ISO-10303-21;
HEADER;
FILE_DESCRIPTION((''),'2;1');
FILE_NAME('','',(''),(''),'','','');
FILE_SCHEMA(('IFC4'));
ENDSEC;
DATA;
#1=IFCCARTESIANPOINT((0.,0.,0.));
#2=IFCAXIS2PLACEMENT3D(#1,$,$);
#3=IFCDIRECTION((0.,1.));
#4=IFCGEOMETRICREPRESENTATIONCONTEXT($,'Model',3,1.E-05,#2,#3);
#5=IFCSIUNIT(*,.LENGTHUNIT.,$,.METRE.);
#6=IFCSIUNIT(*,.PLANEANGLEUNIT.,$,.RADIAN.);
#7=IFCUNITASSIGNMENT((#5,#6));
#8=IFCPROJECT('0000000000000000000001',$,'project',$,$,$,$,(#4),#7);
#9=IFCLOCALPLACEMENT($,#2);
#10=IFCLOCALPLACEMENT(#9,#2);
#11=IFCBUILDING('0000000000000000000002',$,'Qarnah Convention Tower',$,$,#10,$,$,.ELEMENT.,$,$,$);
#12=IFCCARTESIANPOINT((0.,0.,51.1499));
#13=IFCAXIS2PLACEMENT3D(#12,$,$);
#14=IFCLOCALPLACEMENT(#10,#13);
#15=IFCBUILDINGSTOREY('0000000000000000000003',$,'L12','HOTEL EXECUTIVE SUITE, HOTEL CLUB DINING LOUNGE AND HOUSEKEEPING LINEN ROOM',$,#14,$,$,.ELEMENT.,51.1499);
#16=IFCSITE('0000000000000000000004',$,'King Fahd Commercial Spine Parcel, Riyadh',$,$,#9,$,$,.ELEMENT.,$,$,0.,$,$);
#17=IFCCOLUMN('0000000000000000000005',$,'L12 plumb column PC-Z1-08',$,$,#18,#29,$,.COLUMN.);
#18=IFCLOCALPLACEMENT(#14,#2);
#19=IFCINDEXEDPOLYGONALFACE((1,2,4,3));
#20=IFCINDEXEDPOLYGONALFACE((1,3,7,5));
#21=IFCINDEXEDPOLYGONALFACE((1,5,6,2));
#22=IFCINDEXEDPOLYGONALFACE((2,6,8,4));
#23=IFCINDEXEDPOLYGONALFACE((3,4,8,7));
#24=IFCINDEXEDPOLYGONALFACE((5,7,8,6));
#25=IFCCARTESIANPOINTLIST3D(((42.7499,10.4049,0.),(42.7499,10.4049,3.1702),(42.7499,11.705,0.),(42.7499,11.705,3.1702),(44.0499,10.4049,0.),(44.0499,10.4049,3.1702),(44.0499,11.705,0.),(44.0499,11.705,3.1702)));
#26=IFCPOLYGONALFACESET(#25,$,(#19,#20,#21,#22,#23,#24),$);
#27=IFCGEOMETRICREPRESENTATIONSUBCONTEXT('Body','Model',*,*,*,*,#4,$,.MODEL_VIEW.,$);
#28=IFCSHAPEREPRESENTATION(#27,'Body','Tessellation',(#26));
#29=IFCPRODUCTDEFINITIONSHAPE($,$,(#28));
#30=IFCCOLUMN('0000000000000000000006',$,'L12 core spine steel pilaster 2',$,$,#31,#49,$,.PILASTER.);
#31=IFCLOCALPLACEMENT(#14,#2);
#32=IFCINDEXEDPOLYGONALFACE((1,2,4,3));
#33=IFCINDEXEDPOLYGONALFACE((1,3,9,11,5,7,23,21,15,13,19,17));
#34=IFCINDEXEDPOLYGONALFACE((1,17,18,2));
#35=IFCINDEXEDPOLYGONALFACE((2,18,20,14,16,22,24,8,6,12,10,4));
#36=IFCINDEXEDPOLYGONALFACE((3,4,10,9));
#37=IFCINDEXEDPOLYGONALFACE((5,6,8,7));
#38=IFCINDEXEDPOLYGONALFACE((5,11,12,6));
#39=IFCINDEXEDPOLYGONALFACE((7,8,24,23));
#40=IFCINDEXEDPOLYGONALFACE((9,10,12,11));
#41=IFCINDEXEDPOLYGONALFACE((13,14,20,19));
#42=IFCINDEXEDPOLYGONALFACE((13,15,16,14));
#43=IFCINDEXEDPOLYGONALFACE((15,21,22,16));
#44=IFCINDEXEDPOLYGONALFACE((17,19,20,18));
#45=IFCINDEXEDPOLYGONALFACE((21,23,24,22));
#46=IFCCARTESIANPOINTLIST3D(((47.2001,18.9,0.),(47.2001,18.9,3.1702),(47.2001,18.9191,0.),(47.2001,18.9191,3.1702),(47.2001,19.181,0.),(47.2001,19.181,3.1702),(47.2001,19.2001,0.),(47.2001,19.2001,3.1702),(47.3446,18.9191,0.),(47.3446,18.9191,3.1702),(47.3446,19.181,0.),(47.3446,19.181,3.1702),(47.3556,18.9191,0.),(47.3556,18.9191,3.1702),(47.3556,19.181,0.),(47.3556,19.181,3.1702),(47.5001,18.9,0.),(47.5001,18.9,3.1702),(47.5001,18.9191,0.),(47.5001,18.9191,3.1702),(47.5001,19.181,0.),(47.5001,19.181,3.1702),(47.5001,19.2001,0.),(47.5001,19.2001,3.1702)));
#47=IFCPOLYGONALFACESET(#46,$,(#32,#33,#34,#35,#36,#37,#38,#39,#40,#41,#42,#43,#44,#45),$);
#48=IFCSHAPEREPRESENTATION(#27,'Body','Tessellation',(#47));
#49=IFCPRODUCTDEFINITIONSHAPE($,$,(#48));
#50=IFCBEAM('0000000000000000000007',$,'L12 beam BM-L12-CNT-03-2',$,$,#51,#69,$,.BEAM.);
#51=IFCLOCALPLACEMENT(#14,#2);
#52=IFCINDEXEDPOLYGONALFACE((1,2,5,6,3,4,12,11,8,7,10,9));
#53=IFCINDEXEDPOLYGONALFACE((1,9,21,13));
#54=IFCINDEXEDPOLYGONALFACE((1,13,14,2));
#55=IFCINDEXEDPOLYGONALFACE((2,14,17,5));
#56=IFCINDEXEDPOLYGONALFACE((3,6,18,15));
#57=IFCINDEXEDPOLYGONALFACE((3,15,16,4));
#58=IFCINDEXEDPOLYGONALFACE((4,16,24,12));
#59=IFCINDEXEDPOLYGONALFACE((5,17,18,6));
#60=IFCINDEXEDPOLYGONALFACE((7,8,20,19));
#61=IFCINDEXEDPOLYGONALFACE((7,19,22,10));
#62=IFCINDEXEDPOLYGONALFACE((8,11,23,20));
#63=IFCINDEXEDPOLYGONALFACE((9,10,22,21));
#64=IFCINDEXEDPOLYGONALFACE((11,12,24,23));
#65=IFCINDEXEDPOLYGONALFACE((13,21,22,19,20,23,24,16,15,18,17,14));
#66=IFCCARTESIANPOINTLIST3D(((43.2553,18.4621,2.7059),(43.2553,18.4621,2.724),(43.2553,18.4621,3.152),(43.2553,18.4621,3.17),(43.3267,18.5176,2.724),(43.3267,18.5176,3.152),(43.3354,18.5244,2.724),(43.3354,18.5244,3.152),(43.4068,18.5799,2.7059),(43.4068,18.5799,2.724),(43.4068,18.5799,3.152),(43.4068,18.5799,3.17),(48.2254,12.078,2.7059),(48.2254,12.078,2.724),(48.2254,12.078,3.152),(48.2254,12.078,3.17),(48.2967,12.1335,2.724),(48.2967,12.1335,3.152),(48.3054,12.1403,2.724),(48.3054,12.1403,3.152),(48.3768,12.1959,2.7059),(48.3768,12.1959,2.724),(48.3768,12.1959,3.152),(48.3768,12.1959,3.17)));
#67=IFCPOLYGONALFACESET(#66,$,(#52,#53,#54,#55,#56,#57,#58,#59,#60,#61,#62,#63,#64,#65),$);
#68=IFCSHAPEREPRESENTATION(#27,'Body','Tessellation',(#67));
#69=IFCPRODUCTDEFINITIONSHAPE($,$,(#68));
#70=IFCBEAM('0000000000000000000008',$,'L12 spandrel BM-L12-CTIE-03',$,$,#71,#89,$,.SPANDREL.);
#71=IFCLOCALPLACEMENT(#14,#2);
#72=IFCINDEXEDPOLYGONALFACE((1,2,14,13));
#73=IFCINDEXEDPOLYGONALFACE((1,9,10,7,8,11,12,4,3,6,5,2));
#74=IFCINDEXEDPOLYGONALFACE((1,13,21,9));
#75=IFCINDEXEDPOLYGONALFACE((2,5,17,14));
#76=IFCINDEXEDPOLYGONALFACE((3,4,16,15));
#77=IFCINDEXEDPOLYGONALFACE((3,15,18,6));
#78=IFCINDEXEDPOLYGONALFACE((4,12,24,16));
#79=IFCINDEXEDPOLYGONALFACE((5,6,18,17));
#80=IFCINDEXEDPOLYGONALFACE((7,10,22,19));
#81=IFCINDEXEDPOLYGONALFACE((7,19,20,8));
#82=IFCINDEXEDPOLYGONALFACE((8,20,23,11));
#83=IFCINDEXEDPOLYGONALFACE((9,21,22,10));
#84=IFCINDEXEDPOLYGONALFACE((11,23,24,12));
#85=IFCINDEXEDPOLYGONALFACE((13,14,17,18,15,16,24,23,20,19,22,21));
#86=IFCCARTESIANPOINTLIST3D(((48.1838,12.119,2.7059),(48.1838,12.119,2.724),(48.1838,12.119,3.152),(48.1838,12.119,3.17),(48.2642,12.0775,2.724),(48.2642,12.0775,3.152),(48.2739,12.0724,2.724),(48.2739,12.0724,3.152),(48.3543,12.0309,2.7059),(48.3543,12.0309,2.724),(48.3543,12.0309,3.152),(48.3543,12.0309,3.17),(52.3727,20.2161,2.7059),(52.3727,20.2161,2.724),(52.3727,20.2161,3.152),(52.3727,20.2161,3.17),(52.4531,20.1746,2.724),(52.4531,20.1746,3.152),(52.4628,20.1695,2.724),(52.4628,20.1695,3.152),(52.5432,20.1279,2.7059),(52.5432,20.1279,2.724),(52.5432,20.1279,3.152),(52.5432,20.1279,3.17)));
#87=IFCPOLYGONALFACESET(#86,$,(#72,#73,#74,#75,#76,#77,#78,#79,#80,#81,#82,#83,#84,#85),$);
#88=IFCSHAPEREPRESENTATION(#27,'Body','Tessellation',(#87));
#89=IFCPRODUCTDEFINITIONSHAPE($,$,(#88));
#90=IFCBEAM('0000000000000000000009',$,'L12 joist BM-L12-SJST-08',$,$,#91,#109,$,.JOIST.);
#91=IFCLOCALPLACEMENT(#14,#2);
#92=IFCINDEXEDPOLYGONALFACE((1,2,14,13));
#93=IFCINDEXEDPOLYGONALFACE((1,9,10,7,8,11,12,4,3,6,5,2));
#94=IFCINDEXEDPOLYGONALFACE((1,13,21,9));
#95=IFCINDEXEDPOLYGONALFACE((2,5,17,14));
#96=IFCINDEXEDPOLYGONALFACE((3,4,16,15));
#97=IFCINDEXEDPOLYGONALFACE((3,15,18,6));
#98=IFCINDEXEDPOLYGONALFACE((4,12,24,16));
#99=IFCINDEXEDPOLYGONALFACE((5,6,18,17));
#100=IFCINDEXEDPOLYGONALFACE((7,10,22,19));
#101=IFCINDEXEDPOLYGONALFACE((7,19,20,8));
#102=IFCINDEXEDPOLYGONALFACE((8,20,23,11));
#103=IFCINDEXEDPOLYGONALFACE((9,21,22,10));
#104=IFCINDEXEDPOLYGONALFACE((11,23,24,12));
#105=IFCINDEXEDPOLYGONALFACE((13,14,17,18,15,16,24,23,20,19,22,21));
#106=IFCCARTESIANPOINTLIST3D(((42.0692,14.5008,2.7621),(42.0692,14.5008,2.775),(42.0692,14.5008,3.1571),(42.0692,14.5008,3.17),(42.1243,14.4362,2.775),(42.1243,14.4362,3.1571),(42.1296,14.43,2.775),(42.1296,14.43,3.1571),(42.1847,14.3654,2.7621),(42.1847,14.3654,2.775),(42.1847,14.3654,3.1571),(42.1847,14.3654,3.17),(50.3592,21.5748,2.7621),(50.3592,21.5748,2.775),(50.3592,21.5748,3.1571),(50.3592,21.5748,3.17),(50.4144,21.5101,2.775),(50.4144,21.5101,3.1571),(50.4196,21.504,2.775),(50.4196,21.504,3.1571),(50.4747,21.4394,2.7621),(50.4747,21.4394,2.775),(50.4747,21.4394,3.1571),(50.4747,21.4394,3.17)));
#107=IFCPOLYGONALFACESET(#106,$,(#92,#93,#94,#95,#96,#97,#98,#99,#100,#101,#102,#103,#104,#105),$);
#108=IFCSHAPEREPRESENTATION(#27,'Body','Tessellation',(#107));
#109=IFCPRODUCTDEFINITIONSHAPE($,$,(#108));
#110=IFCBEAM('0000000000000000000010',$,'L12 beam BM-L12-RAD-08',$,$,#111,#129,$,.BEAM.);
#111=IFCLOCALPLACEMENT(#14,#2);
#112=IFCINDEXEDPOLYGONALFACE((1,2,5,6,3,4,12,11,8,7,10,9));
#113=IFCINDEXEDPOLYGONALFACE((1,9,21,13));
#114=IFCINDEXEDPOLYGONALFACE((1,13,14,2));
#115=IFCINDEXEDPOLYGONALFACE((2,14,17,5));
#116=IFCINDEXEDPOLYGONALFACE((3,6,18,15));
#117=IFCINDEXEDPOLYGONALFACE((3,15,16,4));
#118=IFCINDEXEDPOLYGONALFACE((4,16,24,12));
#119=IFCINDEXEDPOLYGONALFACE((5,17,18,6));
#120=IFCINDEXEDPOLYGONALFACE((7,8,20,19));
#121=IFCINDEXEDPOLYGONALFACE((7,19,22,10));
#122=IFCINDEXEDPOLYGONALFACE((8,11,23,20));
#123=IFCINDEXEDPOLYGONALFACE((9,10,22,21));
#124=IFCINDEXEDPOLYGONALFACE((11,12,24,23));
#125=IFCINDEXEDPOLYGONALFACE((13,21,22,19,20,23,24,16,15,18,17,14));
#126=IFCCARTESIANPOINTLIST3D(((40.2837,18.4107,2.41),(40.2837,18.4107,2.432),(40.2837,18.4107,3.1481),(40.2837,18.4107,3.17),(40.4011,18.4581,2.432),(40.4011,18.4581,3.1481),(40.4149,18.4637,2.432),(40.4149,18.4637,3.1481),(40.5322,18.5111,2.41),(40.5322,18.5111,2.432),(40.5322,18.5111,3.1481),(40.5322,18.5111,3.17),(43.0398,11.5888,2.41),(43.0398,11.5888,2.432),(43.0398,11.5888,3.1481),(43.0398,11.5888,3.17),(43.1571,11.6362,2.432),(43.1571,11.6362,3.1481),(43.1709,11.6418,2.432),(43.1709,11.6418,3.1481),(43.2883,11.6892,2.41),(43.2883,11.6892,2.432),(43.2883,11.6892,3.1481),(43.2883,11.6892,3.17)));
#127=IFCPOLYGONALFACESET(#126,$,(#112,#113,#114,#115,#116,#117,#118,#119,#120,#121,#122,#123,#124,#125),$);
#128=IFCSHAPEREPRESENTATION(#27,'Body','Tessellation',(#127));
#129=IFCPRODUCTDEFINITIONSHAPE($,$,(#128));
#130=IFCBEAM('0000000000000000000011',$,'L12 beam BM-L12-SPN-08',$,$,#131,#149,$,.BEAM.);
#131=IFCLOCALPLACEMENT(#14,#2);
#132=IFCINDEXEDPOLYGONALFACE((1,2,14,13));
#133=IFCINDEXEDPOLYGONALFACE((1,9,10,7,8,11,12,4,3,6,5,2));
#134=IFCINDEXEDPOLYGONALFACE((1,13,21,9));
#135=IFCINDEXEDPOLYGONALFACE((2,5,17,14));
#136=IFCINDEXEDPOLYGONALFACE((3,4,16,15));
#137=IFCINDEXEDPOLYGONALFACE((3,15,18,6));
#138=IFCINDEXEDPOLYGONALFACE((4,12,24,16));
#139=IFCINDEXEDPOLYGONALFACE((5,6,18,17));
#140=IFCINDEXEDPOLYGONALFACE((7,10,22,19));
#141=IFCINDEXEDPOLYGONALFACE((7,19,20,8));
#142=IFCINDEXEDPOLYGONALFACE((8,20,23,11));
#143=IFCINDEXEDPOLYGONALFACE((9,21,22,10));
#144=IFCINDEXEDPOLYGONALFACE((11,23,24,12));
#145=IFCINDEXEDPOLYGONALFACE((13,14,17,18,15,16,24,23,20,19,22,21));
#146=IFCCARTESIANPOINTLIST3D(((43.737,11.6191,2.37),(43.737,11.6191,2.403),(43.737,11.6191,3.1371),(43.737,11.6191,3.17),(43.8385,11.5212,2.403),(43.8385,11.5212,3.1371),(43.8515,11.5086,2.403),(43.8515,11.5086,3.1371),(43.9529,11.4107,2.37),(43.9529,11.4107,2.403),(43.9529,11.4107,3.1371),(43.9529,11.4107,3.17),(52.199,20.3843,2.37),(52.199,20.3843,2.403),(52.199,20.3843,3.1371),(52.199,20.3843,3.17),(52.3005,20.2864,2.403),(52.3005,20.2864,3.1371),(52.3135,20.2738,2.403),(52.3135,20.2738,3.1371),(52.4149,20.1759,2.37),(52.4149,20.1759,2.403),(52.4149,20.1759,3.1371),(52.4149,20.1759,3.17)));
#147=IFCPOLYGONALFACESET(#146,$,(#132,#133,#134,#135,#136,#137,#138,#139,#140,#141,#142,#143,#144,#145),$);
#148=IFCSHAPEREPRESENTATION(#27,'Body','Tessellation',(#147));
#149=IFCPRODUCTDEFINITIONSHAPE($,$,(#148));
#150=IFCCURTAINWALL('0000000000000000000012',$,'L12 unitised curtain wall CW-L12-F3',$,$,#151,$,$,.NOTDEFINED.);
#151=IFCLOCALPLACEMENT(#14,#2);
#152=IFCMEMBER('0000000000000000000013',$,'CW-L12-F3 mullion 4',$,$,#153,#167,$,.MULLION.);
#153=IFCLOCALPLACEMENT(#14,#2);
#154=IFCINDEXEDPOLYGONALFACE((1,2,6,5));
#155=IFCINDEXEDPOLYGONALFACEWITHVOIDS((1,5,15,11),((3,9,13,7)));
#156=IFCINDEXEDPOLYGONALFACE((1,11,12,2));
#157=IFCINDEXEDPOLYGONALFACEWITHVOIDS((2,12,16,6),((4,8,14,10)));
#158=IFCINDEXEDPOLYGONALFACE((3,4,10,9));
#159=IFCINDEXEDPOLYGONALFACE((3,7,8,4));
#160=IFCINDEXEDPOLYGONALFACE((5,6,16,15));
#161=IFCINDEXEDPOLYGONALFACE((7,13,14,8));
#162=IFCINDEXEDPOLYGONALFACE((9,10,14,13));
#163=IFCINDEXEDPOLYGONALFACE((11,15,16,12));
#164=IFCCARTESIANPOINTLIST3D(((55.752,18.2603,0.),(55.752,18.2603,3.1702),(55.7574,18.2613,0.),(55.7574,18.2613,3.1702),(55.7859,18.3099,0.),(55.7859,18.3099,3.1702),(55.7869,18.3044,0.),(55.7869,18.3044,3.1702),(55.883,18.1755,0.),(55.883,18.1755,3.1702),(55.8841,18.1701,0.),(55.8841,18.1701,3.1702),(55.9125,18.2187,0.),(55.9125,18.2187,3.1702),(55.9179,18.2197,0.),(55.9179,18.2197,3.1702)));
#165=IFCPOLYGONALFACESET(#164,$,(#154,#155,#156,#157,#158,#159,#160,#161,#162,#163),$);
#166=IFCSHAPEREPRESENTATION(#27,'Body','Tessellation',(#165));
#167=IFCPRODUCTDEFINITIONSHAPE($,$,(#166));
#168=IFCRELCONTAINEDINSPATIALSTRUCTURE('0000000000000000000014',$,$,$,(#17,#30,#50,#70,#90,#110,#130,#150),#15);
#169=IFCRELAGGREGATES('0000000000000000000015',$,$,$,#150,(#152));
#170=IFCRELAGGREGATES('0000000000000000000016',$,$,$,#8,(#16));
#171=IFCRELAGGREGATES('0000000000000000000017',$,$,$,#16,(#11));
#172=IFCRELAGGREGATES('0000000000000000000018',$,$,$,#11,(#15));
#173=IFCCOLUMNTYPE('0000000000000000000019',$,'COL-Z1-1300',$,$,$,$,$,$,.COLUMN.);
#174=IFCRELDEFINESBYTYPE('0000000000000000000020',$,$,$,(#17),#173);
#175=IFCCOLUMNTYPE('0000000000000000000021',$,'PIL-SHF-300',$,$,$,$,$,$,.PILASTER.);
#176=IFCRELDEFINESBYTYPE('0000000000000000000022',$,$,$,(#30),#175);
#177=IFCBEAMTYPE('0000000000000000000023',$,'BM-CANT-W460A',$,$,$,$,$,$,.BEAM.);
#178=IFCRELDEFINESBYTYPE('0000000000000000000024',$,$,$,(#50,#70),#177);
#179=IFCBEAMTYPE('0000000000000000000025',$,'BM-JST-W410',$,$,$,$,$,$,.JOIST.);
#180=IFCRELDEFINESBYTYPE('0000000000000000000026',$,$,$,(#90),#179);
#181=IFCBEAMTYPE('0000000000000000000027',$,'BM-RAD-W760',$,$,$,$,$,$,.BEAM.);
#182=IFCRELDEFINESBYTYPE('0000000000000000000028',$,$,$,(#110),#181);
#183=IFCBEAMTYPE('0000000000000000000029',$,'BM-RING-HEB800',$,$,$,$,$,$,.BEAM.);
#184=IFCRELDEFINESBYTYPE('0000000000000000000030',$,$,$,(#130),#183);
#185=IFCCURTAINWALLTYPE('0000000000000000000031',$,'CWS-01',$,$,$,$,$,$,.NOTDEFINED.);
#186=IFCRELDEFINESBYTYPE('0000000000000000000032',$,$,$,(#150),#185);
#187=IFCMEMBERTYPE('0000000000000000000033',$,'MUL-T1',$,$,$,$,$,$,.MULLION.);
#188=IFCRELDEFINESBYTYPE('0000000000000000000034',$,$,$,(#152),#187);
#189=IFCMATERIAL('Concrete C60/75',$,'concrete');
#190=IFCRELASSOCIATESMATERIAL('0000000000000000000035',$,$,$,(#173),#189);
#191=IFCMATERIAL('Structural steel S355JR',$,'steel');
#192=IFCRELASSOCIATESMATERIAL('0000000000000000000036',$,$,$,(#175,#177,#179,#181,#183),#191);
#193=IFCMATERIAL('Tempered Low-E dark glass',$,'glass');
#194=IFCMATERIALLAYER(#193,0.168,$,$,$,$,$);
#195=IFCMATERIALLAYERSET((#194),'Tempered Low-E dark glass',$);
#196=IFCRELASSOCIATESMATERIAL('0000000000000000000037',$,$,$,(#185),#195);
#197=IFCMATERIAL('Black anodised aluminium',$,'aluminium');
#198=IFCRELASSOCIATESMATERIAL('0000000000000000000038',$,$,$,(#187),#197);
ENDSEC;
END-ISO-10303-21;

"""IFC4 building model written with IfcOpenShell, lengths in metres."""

from ifc_helpers import new_model, si_unit, direction, frame, origin, origin_2d, place, context, subcontext, project, spatial, rectangle, hollow_rectangle, i_section, extrude, material, layer, layer_set, material_profile, profile_set, type_object, element, aggregate, save


model = new_model("IFC4")

# Units and contexts
model_context = context("Model", 3, precision=1e-05, world=origin(), true_north=direction((0.0, 1.0)))
body_context = subcontext(model_context, "Body", "Model", "MODEL_VIEW")
ifc_project = project(units=[si_unit("LENGTHUNIT", "METRE"), si_unit("PLANEANGLEUNIT", "RADIAN")], contexts=[model_context])

# Site, building, storey
site_placement = place(None, origin())
site = spatial("IfcSite", under=ifc_project, at=site_placement, Name="King Fahd Commercial Spine Parcel, Riyadh", CompositionType="ELEMENT", RefElevation=0.0)
building_placement = place(site_placement, origin())
building = spatial("IfcBuilding", under=site, at=building_placement, Name="Qarnah Convention Tower", CompositionType="ELEMENT")
storey_placement = place(building_placement, frame((0.0, 0.0, 51.1499)))
storey = spatial("IfcBuildingStorey", under=building, at=storey_placement, Name="L12", Description="HOTEL EXECUTIVE SUITE, HOTEL CLUB DINING LOUNGE AND HOUSEKEEPING LINEN ROOM", CompositionType="ELEMENT", Elevation=51.1499)

# Columns
ifc_material_1 = material(Name="Concrete C60/75", Category="concrete")
ifc_material_profile_1 = material_profile(ifc_material_1, rectangle(XDim=1.3, YDim=1.3, at=origin_2d()), Name="RC-COL-1300X1300")
ifc_profile_set_1 = profile_set([ifc_material_profile_1], Name="Concrete C60/75")
column_type_1 = type_object("IfcColumnType", Name="COL-Z1-1300", PredefinedType="COLUMN", material=ifc_profile_set_1)
column_1_placement = place(storey_placement, frame((43.3999, 11.0549, 0.0), z_axis=(0.0, 0.0, 1.0), x_axis=(1.0, 0.0, 0.0)))
element("IfcColumn", 1, at=column_1_placement, inside=storey, type_object=column_type_1, Name="L12 plumb column PC-Z1-08", PredefinedType="COLUMN", context=body_context, shape_type="SweptSolid", body=[
    extrude(rectangle(XDim=1.3, YDim=1.3, at=origin_2d()), origin(), (0.0, 0.0, 1.0), 3.1702),
])
ifc_material_2 = material(Name="Structural steel S355JR", Category="steel")
ifc_material_profile_2 = material_profile(ifc_material_2, i_section(OverallWidth=0.3, OverallDepth=0.3, WebThickness=0.011, FlangeThickness=0.019, at=origin_2d()), Name="HEB300")
ifc_profile_set_2 = profile_set([ifc_material_profile_2], Name="Structural steel S355JR")
column_type_2 = type_object("IfcColumnType", Name="PIL-SHF-300", PredefinedType="PILASTER", material=ifc_profile_set_2)
column_2_placement = place(storey_placement, frame((47.3501, 19.05, 0.0), z_axis=(0.0, 0.0, 1.0), x_axis=(1.0, 0.0, 0.0)))
element("IfcColumn", 2, at=column_2_placement, inside=storey, type_object=column_type_2, Name="L12 core spine steel pilaster 2", PredefinedType="PILASTER", context=body_context, shape_type="SweptSolid", body=[
    extrude(i_section(OverallWidth=0.3, OverallDepth=0.3, WebThickness=0.011, FlangeThickness=0.019, at=origin_2d()), origin(), (0.0, 0.0, 1.0), 3.1702),
])

# Beams
ifc_material_profile_3 = material_profile(ifc_material_2, i_section(OverallWidth=0.1919, OverallDepth=0.4641, WebThickness=0.011, FlangeThickness=0.0181, at=origin_2d()), Name="W460X89")
ifc_profile_set_3 = profile_set([ifc_material_profile_3], Name="Structural steel S355JR")
beam_type_1 = type_object("IfcBeamType", Name="BM-CANT-W460A", PredefinedType="BEAM", material=ifc_profile_set_3)
beam_1_placement = place(storey_placement, frame((43.3311, 18.521, 2.938), z_axis=(0.614296, -0.789076, 0.0), x_axis=(0.789076, 0.614296, 0.0)))
element("IfcBeam", 3, at=beam_1_placement, inside=storey, type_object=beam_type_1, Name="L12 beam BM-L12-CNT-03-2", PredefinedType="BEAM", context=body_context, shape_type="SweptSolid", body=[
    extrude(i_section(OverallWidth=0.1919, OverallDepth=0.4641, WebThickness=0.011, FlangeThickness=0.0181, at=origin_2d()), origin(), (0.0, 0.0, 1.0), 8.0906),
])
beam_2_placement = place(storey_placement, frame((48.269, 12.075, 2.938), z_axis=(0.45949, 0.888183, 0.0), x_axis=(-0.888183, 0.45949, 0.0)))
element("IfcBeam", 4, at=beam_2_placement, inside=storey, type_object=beam_type_1, Name="L12 spandrel BM-L12-CTIE-03", PredefinedType="SPANDREL", context=body_context, shape_type="SweptSolid", body=[
    extrude(i_section(OverallWidth=0.1919, OverallDepth=0.4641, WebThickness=0.011, FlangeThickness=0.0181, at=origin_2d()), origin(), (0.0, 0.0, 1.0), 9.1165),
])
ifc_material_profile_4 = material_profile(ifc_material_2, i_section(OverallWidth=0.178, OverallDepth=0.408, WebThickness=0.0081, FlangeThickness=0.0129, at=origin_2d()), Name="W410X60")
ifc_profile_set_4 = profile_set([ifc_material_profile_4], Name="Structural steel S355JR")
beam_type_2 = type_object("IfcBeamType", Name="BM-JST-W410", PredefinedType="JOIST", material=ifc_profile_set_4)
beam_3_placement = place(storey_placement, frame((42.127, 14.4331, 2.9661), z_axis=(0.760695, 0.649109, 0.0), x_axis=(-0.649109, 0.760695, 0.0)))
element("IfcBeam", 5, at=beam_3_placement, inside=storey, type_object=beam_type_2, Name="L12 joist BM-L12-SJST-08", PredefinedType="JOIST", context=body_context, shape_type="SweptSolid", body=[
    extrude(i_section(OverallWidth=0.178, OverallDepth=0.408, WebThickness=0.0081, FlangeThickness=0.0129, at=origin_2d()), origin(), (0.0, 0.0, 1.0), 10.8979),
])
ifc_material_profile_5 = material_profile(ifc_material_2, i_section(OverallWidth=0.2681, OverallDepth=0.76, WebThickness=0.0149, FlangeThickness=0.022, at=origin_2d()), Name="W760X185")
ifc_profile_set_5 = profile_set([ifc_material_profile_5], Name="Structural steel S355JR")
beam_type_3 = type_object("IfcBeamType", Name="BM-RAD-W760", PredefinedType="BEAM", material=ifc_profile_set_5)
beam_4_placement = place(storey_placement, frame((40.408, 18.4609, 2.79), z_axis=(0.374586, -0.927192, 0.0), x_axis=(0.927192, 0.374586, 0.0)))
element("IfcBeam", 6, at=beam_4_placement, inside=storey, type_object=beam_type_3, Name="L12 beam BM-L12-RAD-08", PredefinedType="BEAM", context=body_context, shape_type="SweptSolid", body=[
    extrude(i_section(OverallWidth=0.2681, OverallDepth=0.76, WebThickness=0.0149, FlangeThickness=0.022, at=origin_2d()), origin(), (0.0, 0.0, 1.0), 7.3577),
])
ifc_material_profile_6 = material_profile(ifc_material_2, i_section(OverallWidth=0.3, OverallDepth=0.8, WebThickness=0.0181, FlangeThickness=0.033, at=origin_2d()), Name="HEB800")
ifc_profile_set_6 = profile_set([ifc_material_profile_6], Name="Structural steel S355JR")
beam_type_4 = type_object("IfcBeamType", Name="BM-RING-HEB800", PredefinedType="BEAM", material=ifc_profile_set_6)
beam_5_placement = place(storey_placement, frame((43.845, 11.5149, 2.77), z_axis=(0.694553, 0.719442, 0.0), x_axis=(-0.719442, 0.694553, 0.0)))
element("IfcBeam", 7, at=beam_5_placement, inside=storey, type_object=beam_type_4, Name="L12 beam BM-L12-SPN-08", PredefinedType="BEAM", context=body_context, shape_type="SweptSolid", body=[
    extrude(i_section(OverallWidth=0.3, OverallDepth=0.8, WebThickness=0.0181, FlangeThickness=0.033, at=origin_2d()), origin(), (0.0, 0.0, 1.0), 12.1833),
])

# Curtain wall, member
ifc_material_3 = material(Name="Tempered Low-E dark glass", Category="glass")
ifc_layer_1 = layer(ifc_material_3, 0.168)
ifc_layer_set_1 = layer_set([ifc_layer_1], Name="Tempered Low-E dark glass")
curtain_wall_type = type_object("IfcCurtainWallType", Name="CWS-01", PredefinedType="NOTDEFINED", material=ifc_layer_set_1)
curtain_wall_1_placement = place(storey_placement, origin())
curtain_wall_1 = element("IfcCurtainWall", 8, at=curtain_wall_1_placement, inside=storey, type_object=curtain_wall_type, Name="L12 unitised curtain wall CW-L12-F3", PredefinedType="NOTDEFINED")
ifc_material_4 = material(Name="Black anodised aluminium", Category="aluminium")
ifc_material_profile_7 = material_profile(ifc_material_4, hollow_rectangle(XDim=0.0601, YDim=0.1599, WallThickness=0.0039, at=origin_2d()), Name="MUL-60X160")
ifc_profile_set_7 = profile_set([ifc_material_profile_7], Name="Black anodised aluminium")
member_type_1 = type_object("IfcMemberType", Name="MUL-T1", PredefinedType="MULLION", material=ifc_profile_set_7)
member_1_placement = place(storey_placement, frame((55.835, 18.24, 0.0), z_axis=(0.0, 0.0, 1.0), x_axis=(-0.563838, -0.825885, 0.0)))
member_1 = element("IfcMember", 9, at=member_1_placement, type_object=member_type_1, Name="CW-L12-F3 mullion 4", PredefinedType="MULLION", context=body_context, shape_type="SweptSolid", body=[
    extrude(hollow_rectangle(XDim=0.0601, YDim=0.1599, WallThickness=0.0039, at=origin_2d()), origin(), (0.0, 0.0, 1.0), 3.1702),
])
aggregate(curtain_wall_1, [member_1])

save(model, "model.ifc")
